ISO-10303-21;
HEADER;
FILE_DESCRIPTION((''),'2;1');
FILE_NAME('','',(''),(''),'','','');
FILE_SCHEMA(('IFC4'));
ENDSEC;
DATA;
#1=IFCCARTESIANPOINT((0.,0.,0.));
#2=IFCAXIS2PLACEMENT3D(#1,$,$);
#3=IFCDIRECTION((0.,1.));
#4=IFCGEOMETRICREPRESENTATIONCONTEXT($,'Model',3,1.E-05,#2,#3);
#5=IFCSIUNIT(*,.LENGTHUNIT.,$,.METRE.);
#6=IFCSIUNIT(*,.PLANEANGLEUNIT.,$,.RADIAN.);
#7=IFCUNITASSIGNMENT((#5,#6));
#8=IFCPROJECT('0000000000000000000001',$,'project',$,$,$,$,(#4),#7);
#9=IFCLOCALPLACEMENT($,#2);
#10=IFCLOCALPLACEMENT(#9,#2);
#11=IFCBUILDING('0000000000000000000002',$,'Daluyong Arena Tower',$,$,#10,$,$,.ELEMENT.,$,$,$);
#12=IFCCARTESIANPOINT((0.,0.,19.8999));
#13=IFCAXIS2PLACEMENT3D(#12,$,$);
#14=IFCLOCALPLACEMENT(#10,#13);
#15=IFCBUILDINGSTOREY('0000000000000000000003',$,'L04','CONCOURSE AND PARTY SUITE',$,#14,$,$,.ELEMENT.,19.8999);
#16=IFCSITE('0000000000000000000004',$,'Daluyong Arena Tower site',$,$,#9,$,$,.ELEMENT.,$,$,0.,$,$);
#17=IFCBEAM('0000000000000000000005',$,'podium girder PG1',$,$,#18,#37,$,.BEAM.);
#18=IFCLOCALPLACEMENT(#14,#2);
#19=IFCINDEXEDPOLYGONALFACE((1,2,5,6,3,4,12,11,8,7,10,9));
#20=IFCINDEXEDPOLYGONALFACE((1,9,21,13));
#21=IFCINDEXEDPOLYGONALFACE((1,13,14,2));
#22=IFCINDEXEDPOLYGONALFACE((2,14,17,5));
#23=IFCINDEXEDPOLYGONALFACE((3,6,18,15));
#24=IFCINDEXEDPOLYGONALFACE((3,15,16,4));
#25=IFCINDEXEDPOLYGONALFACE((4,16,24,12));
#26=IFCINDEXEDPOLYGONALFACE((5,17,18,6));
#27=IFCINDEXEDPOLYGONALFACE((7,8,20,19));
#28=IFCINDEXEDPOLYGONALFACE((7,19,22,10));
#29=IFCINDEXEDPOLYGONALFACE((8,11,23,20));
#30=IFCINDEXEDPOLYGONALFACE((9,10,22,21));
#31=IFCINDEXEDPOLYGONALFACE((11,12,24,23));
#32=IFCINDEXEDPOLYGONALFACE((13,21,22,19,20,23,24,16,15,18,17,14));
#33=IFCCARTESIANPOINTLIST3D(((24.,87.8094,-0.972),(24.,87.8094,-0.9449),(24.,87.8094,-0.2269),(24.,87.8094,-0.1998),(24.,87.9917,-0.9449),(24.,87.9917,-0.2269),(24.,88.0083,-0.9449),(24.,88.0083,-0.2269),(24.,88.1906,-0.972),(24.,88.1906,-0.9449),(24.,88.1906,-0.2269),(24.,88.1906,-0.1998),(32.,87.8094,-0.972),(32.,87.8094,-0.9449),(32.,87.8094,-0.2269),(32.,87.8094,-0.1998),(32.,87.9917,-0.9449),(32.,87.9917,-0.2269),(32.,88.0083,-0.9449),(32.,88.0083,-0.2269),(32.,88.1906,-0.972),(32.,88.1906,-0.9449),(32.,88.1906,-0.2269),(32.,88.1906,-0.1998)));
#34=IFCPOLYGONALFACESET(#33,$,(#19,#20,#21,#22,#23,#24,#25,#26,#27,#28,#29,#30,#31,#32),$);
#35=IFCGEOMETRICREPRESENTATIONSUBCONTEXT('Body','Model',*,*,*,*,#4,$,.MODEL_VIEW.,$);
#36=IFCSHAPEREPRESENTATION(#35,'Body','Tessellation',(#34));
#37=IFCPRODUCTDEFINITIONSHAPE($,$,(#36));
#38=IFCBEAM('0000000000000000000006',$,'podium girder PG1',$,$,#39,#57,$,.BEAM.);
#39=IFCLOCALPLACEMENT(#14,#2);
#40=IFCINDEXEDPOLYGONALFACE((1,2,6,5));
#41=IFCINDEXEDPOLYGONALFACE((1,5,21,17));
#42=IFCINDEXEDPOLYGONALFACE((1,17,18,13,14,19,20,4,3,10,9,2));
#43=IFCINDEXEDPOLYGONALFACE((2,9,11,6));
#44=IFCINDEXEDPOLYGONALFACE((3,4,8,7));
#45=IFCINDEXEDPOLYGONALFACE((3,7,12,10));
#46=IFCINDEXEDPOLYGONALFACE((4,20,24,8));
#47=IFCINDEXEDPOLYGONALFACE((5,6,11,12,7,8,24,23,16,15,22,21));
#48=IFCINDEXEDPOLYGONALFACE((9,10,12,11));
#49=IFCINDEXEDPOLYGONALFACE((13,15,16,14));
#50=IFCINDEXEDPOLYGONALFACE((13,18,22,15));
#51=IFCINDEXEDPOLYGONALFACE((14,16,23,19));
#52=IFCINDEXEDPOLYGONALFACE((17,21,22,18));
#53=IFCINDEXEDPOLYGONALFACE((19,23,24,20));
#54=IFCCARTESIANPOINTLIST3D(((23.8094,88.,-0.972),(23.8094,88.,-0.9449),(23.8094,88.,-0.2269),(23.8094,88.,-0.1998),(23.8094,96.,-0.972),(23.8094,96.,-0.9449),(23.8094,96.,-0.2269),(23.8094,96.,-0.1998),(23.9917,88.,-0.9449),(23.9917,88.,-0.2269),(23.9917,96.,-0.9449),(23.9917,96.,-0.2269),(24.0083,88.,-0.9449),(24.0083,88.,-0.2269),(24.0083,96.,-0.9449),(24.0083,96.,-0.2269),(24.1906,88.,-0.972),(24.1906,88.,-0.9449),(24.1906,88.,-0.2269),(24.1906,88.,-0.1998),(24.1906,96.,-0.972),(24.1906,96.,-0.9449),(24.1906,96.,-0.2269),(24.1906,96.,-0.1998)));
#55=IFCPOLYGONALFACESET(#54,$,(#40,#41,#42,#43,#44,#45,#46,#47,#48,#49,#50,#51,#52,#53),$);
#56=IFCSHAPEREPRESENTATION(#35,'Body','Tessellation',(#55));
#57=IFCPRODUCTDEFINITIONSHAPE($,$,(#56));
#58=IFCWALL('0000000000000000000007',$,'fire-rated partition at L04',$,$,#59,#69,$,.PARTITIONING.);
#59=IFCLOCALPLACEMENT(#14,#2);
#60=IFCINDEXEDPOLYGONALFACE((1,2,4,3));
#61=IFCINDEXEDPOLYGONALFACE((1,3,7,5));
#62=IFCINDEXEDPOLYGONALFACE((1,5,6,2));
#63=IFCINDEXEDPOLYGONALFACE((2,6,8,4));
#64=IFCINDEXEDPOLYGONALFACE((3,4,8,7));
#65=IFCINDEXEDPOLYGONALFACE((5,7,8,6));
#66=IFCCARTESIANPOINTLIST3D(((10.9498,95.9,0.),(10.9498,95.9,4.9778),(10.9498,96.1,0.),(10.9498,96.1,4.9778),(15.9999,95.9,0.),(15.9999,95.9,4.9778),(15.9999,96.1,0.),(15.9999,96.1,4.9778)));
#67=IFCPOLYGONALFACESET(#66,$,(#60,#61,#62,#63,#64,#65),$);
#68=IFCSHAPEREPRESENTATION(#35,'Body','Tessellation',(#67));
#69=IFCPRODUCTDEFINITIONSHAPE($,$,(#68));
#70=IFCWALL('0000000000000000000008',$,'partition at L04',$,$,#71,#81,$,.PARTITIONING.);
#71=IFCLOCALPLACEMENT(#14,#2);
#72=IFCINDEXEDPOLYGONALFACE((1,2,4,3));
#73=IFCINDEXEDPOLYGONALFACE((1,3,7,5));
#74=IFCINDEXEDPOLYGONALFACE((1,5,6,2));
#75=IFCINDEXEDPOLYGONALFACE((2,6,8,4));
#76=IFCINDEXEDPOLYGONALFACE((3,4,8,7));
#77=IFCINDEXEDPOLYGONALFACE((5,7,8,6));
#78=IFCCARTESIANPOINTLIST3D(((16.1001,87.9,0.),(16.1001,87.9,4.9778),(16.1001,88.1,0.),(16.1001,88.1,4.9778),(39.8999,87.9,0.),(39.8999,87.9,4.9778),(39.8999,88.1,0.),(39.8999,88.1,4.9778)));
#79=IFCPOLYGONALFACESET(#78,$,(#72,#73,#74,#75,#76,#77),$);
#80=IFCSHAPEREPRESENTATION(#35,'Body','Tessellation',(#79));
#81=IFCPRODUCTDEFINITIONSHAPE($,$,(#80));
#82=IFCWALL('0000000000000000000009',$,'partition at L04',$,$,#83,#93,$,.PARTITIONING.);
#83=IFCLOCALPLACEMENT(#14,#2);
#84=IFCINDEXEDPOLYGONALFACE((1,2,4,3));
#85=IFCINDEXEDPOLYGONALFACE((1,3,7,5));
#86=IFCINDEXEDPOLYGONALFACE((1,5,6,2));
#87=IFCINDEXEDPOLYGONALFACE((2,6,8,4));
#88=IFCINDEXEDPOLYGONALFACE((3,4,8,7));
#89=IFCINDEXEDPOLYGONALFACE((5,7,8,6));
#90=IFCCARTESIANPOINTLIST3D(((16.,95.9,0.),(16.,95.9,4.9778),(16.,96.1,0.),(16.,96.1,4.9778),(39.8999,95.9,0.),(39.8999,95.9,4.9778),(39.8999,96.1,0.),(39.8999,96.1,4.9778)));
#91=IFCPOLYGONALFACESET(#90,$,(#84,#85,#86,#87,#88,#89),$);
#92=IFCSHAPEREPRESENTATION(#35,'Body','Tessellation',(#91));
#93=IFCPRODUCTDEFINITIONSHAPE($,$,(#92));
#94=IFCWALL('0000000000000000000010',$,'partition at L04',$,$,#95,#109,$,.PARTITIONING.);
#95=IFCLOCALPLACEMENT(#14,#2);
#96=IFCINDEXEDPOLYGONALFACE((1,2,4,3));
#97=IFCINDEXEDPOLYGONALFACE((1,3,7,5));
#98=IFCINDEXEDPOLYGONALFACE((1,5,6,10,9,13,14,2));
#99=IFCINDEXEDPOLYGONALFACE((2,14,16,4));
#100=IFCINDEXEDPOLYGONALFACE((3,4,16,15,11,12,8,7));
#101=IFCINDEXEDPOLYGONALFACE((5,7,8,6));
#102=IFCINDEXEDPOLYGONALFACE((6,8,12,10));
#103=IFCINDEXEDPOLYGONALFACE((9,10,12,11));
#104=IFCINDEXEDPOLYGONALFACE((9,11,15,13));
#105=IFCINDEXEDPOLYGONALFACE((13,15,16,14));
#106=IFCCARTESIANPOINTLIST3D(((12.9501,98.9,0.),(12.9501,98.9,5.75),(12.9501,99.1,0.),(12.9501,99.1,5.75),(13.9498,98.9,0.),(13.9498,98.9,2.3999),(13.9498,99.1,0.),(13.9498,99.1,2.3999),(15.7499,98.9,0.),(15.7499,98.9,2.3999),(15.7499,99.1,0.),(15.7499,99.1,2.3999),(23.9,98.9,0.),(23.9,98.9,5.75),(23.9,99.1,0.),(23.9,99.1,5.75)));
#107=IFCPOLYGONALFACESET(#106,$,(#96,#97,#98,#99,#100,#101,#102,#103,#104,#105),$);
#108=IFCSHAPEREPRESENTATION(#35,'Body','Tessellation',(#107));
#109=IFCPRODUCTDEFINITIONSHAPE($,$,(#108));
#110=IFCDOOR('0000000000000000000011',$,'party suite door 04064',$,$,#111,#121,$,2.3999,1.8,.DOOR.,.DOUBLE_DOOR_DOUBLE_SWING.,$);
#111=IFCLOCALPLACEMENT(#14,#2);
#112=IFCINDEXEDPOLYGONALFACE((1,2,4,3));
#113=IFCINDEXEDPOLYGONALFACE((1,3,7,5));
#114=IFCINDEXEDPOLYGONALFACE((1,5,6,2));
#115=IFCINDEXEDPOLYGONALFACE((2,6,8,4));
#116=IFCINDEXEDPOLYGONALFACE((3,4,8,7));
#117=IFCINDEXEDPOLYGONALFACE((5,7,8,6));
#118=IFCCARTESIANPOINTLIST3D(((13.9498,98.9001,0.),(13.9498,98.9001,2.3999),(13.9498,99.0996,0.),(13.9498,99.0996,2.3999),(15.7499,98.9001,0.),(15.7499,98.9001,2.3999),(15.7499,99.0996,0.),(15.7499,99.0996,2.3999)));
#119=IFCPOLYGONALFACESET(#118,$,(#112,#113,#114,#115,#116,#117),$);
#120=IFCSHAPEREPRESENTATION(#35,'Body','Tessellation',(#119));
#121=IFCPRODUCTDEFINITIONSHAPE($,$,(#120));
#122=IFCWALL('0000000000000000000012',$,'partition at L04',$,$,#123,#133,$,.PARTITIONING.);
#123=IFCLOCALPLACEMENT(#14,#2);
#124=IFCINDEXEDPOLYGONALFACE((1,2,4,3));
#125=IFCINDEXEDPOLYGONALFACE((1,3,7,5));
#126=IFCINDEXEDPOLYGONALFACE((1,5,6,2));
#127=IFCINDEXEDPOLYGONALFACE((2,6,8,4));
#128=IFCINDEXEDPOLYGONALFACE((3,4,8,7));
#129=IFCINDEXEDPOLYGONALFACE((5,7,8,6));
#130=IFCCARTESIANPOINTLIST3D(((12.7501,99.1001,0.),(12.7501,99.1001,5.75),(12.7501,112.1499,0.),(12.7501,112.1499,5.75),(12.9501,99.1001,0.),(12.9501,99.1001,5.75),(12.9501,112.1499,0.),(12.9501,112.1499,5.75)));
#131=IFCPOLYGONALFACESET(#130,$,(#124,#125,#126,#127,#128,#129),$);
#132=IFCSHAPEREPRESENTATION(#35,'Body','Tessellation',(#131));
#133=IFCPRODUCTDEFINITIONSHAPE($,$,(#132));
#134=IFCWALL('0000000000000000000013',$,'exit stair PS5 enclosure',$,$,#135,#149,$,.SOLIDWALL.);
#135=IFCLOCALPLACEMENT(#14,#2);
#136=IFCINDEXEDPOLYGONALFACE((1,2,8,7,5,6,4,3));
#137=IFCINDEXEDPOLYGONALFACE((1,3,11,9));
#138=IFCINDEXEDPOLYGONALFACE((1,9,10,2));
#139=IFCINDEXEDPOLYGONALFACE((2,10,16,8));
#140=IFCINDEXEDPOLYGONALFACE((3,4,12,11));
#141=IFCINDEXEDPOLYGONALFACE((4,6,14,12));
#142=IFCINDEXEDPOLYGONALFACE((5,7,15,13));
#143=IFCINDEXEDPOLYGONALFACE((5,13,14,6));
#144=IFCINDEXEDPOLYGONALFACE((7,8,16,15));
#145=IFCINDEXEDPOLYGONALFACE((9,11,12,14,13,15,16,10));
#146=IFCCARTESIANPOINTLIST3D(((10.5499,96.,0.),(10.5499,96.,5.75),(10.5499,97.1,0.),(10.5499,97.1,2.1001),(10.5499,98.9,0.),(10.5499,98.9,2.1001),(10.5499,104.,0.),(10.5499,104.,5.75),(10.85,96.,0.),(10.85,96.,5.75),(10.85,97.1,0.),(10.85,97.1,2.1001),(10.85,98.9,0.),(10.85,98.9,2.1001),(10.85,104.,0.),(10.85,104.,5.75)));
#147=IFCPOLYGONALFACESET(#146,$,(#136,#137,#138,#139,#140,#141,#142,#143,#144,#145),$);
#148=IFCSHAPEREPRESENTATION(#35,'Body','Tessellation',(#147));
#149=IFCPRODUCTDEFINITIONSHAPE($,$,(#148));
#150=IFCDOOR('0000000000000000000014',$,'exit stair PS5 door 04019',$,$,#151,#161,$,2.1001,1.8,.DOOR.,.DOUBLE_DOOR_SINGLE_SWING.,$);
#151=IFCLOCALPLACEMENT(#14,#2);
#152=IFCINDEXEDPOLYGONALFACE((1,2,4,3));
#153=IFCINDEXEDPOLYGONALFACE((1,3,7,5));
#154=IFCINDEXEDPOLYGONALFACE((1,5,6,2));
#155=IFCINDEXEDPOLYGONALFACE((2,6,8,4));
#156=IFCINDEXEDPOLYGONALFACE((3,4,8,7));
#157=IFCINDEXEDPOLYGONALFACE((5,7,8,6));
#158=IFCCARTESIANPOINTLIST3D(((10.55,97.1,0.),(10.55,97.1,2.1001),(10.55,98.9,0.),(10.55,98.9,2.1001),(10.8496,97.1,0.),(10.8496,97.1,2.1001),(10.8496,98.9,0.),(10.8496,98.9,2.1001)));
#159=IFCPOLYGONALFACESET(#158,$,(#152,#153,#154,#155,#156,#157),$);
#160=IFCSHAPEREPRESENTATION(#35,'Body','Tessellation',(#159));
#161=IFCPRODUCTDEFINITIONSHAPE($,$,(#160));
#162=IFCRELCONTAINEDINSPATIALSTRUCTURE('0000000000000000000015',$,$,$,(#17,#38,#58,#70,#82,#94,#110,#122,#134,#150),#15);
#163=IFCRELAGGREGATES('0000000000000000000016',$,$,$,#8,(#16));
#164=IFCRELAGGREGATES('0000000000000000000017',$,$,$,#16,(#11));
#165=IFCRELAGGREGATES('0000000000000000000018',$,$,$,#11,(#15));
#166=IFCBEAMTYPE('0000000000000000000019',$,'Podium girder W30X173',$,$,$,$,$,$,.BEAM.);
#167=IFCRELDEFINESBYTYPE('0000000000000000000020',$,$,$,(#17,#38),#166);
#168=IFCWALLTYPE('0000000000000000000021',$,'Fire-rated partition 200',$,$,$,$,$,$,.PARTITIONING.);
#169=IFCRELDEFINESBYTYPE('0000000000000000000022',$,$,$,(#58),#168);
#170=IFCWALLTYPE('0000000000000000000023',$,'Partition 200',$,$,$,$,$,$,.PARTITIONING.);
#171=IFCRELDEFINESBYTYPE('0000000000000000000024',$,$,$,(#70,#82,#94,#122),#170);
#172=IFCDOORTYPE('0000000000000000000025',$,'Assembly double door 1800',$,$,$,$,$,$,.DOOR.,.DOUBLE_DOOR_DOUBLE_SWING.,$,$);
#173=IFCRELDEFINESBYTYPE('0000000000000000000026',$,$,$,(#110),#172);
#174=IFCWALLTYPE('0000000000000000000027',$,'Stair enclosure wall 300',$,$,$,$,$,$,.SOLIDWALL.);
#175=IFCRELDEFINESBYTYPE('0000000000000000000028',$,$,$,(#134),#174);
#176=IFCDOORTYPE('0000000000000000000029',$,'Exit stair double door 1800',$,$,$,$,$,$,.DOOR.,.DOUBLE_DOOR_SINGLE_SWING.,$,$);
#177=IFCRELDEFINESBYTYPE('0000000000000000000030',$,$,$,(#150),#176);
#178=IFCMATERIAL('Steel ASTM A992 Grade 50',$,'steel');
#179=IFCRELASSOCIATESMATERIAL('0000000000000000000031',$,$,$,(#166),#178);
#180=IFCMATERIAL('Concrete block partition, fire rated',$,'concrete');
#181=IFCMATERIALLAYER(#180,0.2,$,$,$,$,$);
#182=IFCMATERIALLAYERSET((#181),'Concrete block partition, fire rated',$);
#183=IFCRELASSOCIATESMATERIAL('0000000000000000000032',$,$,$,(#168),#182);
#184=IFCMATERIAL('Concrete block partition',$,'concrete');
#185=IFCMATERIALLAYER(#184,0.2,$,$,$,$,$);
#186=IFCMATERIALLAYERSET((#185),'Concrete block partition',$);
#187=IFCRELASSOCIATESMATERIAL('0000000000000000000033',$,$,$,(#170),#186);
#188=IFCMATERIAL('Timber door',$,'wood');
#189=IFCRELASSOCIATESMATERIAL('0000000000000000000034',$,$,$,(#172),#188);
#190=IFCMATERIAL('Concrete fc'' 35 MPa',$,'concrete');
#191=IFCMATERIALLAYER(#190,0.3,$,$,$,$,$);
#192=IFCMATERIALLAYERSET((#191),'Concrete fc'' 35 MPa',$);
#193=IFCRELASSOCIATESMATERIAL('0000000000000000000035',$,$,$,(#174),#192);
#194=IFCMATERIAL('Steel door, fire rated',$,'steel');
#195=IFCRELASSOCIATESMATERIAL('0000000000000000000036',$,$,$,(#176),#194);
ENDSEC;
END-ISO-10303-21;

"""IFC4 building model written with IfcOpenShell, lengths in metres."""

from ifc_helpers import new_model, si_unit, direction, frame, frame_2d, origin, origin_2d, place, context, subcontext, project, spatial, rectangle, i_section, extrude, material, layer, layer_set, material_profile, profile_set, type_object, element, fill, save


model = new_model("IFC4")

# Units and contexts
model_context = context("Model", 3, precision=1e-05, world=origin(), true_north=direction((0.0, 1.0)))
body_context = subcontext(model_context, "Body", "Model", "MODEL_VIEW")
ifc_project = project(units=[si_unit("LENGTHUNIT", "METRE"), si_unit("PLANEANGLEUNIT", "RADIAN")], contexts=[model_context])

# Site, building, storey
site_placement = place(None, origin())
site = spatial("IfcSite", under=ifc_project, at=site_placement, Name="Daluyong Arena Tower site", CompositionType="ELEMENT", RefElevation=0.0)
building_placement = place(site_placement, origin())
building = spatial("IfcBuilding", under=site, at=building_placement, Name="Daluyong Arena Tower", CompositionType="ELEMENT")
storey_placement = place(building_placement, frame((0.0, 0.0, 19.8999)))
storey = spatial("IfcBuildingStorey", under=building, at=storey_placement, Name="L04", Description="CONCOURSE AND PARTY SUITE", CompositionType="ELEMENT", Elevation=19.8999)

# Beams
ifc_material_1 = material(Name="Steel ASTM A992 Grade 50", Category="steel")
ifc_material_profile_1 = material_profile(ifc_material_1, i_section(OverallWidth=0.3811, OverallDepth=0.7722, WebThickness=0.0166, FlangeThickness=0.0271, at=origin_2d()))
ifc_profile_set_1 = profile_set([ifc_material_profile_1], Name="Steel ASTM A992 Grade 50")
beam_type_1 = type_object("IfcBeamType", Name="Podium girder W30X173", PredefinedType="BEAM", material=ifc_profile_set_1)
for number, where, z_axis, x_axis, name in (
    (1, (24.0, 88.0, -0.5859), (1.0, 0.0, 0.0), (0.0, 1.0, 0.0), "podium girder PG1"),
    (2, (24.0, 88.0, -0.5859), (0.0, 1.0, 0.0), (-1.0, 0.0, 0.0), "podium girder PG1"),
):
    element("IfcBeam", number, at=place(storey_placement, frame(where, z_axis=z_axis, x_axis=x_axis)), inside=storey, type_object=beam_type_1, Name=name, PredefinedType="BEAM", context=body_context, shape_type="SweptSolid", body=[
        extrude(i_section(OverallWidth=0.3811, OverallDepth=0.7722, WebThickness=0.0166, FlangeThickness=0.0271, at=origin_2d()), origin(), (0.0, 0.0, 1.0), 8.0),
    ])

# Walls
ifc_material_2 = material(Name="Concrete block partition, fire rated", Category="concrete")
ifc_layer_1 = layer(ifc_material_2, 0.2)
ifc_layer_set_1 = layer_set([ifc_layer_1], Name="Concrete block partition, fire rated")
wall_type_1 = type_object("IfcWallType", Name="Fire-rated partition 200", PredefinedType="PARTITIONING", material=ifc_layer_set_1)
wall_1_placement = place(storey_placement, frame((10.95, 96.0, 0.0), z_axis=(0.0, 0.0, 1.0), x_axis=(1.0, 0.0, 0.0)))
element("IfcWall", 3, at=wall_1_placement, inside=storey, type_object=wall_type_1, Name="fire-rated partition at L04", PredefinedType="PARTITIONING", context=body_context, shape_type="SweptSolid", body=[
    extrude(rectangle(XDim=5.05, YDim=0.2, at=frame_2d((2.5249, 0.0))), origin(), (0.0, 0.0, 1.0), 4.9778),
])
ifc_material_3 = material(Name="Concrete block partition", Category="concrete")
ifc_layer_2 = layer(ifc_material_3, 0.2)
ifc_layer_set_2 = layer_set([ifc_layer_2], Name="Concrete block partition")
wall_type_2 = type_object("IfcWallType", Name="Partition 200", PredefinedType="PARTITIONING", material=ifc_layer_set_2)
wall_2_placement = place(storey_placement, frame((16.1001, 88.0, 0.0), z_axis=(0.0, 0.0, 1.0), x_axis=(1.0, 0.0, 0.0)))
element("IfcWall", 4, at=wall_2_placement, inside=storey, type_object=wall_type_2, Name="partition at L04", PredefinedType="PARTITIONING", context=body_context, shape_type="SweptSolid", body=[
    extrude(rectangle(XDim=23.7998, YDim=0.2, at=frame_2d((11.8999, 0.0))), origin(), (0.0, 0.0, 1.0), 4.9778),
])
wall_3_placement = place(storey_placement, frame((16.0, 96.0, 0.0), z_axis=(0.0, 0.0, 1.0), x_axis=(1.0, 0.0, 0.0)))
element("IfcWall", 5, at=wall_3_placement, inside=storey, type_object=wall_type_2, Name="partition at L04", PredefinedType="PARTITIONING", context=body_context, shape_type="SweptSolid", body=[
    extrude(rectangle(XDim=23.8999, YDim=0.2, at=frame_2d((11.95, 0.0))), origin(), (0.0, 0.0, 1.0), 4.9778),
])

# Wall, opening, door
wall_4_placement = place(storey_placement, frame((12.95, 99.0, 0.0), z_axis=(0.0, 0.0, 1.0), x_axis=(1.0, 0.0, 0.0)))
wall_4 = element("IfcWall", 6, at=wall_4_placement, inside=storey, type_object=wall_type_2, Name="partition at L04", PredefinedType="PARTITIONING", context=body_context, shape_type="SweptSolid", body=[
    extrude(rectangle(XDim=10.95, YDim=0.2, at=frame_2d((5.4751, 0.0))), origin(), (0.0, 0.0, 1.0), 5.75),
])
opening_1_placement = place(wall_4_placement, frame((1.0, 0.0, 0.0)))
opening_1 = element("IfcOpeningElement", 7, at=opening_1_placement, cuts=wall_4, PredefinedType="OPENING", context=body_context, shape_type="SweptSolid", body=[
    extrude(rectangle(XDim=1.8, YDim=2.3999, at=frame_2d((0.8999, 1.2))), frame((0.0, 0.1099, 0.0), z_axis=(0.0, -1.0, 0.0), x_axis=(1.0, 0.0, 0.0)), (0.0, 0.0, 1.0), 0.22),
])
ifc_material_4 = material(Name="Timber door", Category="wood")
door_type_1 = type_object("IfcDoorType", Name="Assembly double door 1800", OperationType="DOUBLE_DOOR_DOUBLE_SWING", PredefinedType="DOOR", material=ifc_material_4)
door_1_placement = place(opening_1_placement, origin())
door_1 = element("IfcDoor", 8, at=door_1_placement, inside=storey, type_object=door_type_1, Name="party suite door 04064", OperationType="DOUBLE_DOOR_DOUBLE_SWING", OverallHeight=2.3999, OverallWidth=1.8, PredefinedType="DOOR", context=body_context, shape_type="SweptSolid", body=[
    extrude(rectangle(XDim=1.8, YDim=2.3999, at=frame_2d((0.8999, 1.2))), frame((0.0, 0.0996, 0.0), z_axis=(0.0, -1.0, 0.0), x_axis=(1.0, 0.0, 0.0)), (0.0, 0.0, 1.0), 0.1995),
])
fill(opening_1, door_1)

# Wall
wall_5_placement = place(storey_placement, frame((12.8501, 99.1001, 0.0), z_axis=(0.0, 0.0, 1.0), x_axis=(0.0, 1.0, 0.0)))
element("IfcWall", 9, at=wall_5_placement, inside=storey, type_object=wall_type_2, Name="partition at L04", PredefinedType="PARTITIONING", context=body_context, shape_type="SweptSolid", body=[
    extrude(rectangle(XDim=13.0498, YDim=0.2, at=frame_2d((6.5249, 0.0))), origin(), (0.0, 0.0, 1.0), 5.75),
])

# Wall, opening, door
ifc_material_5 = material(Name="Concrete fc' 35 MPa", Category="concrete")
ifc_layer_3 = layer(ifc_material_5, 0.3)
ifc_layer_set_3 = layer_set([ifc_layer_3], Name="Concrete fc' 35 MPa")
wall_type_3 = type_object("IfcWallType", Name="Stair enclosure wall 300", PredefinedType="SOLIDWALL", material=ifc_layer_set_3)
wall_6_placement = place(storey_placement, frame((10.7, 96.0, 0.0), z_axis=(0.0, 0.0, 1.0), x_axis=(0.0, 1.0, 0.0)))
wall_6 = element("IfcWall", 10, at=wall_6_placement, inside=storey, type_object=wall_type_3, Name="exit stair PS5 enclosure", PredefinedType="SOLIDWALL", context=body_context, shape_type="SweptSolid", body=[
    extrude(rectangle(XDim=8.0, YDim=0.3, at=frame_2d((4.0, 0.0))), origin(), (0.0, 0.0, 1.0), 5.75),
])
opening_2_placement = place(wall_6_placement, frame((1.1001, 0.0, 0.0)))
opening_2 = element("IfcOpeningElement", 11, at=opening_2_placement, cuts=wall_6, PredefinedType="OPENING", context=body_context, shape_type="SweptSolid", body=[
    extrude(rectangle(XDim=1.8, YDim=2.1001, at=frame_2d((0.8999, 1.05))), frame((0.0, 0.1599, 0.0), z_axis=(0.0, -1.0, 0.0), x_axis=(1.0, 0.0, 0.0)), (0.0, 0.0, 1.0), 0.3201),
])
ifc_material_6 = material(Name="Steel door, fire rated", Category="steel")
door_type_2 = type_object("IfcDoorType", Name="Exit stair double door 1800", OperationType="DOUBLE_DOOR_SINGLE_SWING", PredefinedType="DOOR", material=ifc_material_6)
door_2_placement = place(opening_2_placement, origin())
door_2 = element("IfcDoor", 12, at=door_2_placement, inside=storey, type_object=door_type_2, Name="exit stair PS5 door 04019", OperationType="DOUBLE_DOOR_SINGLE_SWING", OverallHeight=2.1001, OverallWidth=1.8, PredefinedType="DOOR", context=body_context, shape_type="SweptSolid", body=[
    extrude(rectangle(XDim=1.8, YDim=2.1001, at=frame_2d((0.8999, 1.05))), frame((0.0, 0.1499, 0.0), z_axis=(0.0, -1.0, 0.0), x_axis=(1.0, 0.0, 0.0)), (0.0, 0.0, 1.0), 0.2996),
])
fill(opening_2, door_2)

save(model, "model.ifc")
